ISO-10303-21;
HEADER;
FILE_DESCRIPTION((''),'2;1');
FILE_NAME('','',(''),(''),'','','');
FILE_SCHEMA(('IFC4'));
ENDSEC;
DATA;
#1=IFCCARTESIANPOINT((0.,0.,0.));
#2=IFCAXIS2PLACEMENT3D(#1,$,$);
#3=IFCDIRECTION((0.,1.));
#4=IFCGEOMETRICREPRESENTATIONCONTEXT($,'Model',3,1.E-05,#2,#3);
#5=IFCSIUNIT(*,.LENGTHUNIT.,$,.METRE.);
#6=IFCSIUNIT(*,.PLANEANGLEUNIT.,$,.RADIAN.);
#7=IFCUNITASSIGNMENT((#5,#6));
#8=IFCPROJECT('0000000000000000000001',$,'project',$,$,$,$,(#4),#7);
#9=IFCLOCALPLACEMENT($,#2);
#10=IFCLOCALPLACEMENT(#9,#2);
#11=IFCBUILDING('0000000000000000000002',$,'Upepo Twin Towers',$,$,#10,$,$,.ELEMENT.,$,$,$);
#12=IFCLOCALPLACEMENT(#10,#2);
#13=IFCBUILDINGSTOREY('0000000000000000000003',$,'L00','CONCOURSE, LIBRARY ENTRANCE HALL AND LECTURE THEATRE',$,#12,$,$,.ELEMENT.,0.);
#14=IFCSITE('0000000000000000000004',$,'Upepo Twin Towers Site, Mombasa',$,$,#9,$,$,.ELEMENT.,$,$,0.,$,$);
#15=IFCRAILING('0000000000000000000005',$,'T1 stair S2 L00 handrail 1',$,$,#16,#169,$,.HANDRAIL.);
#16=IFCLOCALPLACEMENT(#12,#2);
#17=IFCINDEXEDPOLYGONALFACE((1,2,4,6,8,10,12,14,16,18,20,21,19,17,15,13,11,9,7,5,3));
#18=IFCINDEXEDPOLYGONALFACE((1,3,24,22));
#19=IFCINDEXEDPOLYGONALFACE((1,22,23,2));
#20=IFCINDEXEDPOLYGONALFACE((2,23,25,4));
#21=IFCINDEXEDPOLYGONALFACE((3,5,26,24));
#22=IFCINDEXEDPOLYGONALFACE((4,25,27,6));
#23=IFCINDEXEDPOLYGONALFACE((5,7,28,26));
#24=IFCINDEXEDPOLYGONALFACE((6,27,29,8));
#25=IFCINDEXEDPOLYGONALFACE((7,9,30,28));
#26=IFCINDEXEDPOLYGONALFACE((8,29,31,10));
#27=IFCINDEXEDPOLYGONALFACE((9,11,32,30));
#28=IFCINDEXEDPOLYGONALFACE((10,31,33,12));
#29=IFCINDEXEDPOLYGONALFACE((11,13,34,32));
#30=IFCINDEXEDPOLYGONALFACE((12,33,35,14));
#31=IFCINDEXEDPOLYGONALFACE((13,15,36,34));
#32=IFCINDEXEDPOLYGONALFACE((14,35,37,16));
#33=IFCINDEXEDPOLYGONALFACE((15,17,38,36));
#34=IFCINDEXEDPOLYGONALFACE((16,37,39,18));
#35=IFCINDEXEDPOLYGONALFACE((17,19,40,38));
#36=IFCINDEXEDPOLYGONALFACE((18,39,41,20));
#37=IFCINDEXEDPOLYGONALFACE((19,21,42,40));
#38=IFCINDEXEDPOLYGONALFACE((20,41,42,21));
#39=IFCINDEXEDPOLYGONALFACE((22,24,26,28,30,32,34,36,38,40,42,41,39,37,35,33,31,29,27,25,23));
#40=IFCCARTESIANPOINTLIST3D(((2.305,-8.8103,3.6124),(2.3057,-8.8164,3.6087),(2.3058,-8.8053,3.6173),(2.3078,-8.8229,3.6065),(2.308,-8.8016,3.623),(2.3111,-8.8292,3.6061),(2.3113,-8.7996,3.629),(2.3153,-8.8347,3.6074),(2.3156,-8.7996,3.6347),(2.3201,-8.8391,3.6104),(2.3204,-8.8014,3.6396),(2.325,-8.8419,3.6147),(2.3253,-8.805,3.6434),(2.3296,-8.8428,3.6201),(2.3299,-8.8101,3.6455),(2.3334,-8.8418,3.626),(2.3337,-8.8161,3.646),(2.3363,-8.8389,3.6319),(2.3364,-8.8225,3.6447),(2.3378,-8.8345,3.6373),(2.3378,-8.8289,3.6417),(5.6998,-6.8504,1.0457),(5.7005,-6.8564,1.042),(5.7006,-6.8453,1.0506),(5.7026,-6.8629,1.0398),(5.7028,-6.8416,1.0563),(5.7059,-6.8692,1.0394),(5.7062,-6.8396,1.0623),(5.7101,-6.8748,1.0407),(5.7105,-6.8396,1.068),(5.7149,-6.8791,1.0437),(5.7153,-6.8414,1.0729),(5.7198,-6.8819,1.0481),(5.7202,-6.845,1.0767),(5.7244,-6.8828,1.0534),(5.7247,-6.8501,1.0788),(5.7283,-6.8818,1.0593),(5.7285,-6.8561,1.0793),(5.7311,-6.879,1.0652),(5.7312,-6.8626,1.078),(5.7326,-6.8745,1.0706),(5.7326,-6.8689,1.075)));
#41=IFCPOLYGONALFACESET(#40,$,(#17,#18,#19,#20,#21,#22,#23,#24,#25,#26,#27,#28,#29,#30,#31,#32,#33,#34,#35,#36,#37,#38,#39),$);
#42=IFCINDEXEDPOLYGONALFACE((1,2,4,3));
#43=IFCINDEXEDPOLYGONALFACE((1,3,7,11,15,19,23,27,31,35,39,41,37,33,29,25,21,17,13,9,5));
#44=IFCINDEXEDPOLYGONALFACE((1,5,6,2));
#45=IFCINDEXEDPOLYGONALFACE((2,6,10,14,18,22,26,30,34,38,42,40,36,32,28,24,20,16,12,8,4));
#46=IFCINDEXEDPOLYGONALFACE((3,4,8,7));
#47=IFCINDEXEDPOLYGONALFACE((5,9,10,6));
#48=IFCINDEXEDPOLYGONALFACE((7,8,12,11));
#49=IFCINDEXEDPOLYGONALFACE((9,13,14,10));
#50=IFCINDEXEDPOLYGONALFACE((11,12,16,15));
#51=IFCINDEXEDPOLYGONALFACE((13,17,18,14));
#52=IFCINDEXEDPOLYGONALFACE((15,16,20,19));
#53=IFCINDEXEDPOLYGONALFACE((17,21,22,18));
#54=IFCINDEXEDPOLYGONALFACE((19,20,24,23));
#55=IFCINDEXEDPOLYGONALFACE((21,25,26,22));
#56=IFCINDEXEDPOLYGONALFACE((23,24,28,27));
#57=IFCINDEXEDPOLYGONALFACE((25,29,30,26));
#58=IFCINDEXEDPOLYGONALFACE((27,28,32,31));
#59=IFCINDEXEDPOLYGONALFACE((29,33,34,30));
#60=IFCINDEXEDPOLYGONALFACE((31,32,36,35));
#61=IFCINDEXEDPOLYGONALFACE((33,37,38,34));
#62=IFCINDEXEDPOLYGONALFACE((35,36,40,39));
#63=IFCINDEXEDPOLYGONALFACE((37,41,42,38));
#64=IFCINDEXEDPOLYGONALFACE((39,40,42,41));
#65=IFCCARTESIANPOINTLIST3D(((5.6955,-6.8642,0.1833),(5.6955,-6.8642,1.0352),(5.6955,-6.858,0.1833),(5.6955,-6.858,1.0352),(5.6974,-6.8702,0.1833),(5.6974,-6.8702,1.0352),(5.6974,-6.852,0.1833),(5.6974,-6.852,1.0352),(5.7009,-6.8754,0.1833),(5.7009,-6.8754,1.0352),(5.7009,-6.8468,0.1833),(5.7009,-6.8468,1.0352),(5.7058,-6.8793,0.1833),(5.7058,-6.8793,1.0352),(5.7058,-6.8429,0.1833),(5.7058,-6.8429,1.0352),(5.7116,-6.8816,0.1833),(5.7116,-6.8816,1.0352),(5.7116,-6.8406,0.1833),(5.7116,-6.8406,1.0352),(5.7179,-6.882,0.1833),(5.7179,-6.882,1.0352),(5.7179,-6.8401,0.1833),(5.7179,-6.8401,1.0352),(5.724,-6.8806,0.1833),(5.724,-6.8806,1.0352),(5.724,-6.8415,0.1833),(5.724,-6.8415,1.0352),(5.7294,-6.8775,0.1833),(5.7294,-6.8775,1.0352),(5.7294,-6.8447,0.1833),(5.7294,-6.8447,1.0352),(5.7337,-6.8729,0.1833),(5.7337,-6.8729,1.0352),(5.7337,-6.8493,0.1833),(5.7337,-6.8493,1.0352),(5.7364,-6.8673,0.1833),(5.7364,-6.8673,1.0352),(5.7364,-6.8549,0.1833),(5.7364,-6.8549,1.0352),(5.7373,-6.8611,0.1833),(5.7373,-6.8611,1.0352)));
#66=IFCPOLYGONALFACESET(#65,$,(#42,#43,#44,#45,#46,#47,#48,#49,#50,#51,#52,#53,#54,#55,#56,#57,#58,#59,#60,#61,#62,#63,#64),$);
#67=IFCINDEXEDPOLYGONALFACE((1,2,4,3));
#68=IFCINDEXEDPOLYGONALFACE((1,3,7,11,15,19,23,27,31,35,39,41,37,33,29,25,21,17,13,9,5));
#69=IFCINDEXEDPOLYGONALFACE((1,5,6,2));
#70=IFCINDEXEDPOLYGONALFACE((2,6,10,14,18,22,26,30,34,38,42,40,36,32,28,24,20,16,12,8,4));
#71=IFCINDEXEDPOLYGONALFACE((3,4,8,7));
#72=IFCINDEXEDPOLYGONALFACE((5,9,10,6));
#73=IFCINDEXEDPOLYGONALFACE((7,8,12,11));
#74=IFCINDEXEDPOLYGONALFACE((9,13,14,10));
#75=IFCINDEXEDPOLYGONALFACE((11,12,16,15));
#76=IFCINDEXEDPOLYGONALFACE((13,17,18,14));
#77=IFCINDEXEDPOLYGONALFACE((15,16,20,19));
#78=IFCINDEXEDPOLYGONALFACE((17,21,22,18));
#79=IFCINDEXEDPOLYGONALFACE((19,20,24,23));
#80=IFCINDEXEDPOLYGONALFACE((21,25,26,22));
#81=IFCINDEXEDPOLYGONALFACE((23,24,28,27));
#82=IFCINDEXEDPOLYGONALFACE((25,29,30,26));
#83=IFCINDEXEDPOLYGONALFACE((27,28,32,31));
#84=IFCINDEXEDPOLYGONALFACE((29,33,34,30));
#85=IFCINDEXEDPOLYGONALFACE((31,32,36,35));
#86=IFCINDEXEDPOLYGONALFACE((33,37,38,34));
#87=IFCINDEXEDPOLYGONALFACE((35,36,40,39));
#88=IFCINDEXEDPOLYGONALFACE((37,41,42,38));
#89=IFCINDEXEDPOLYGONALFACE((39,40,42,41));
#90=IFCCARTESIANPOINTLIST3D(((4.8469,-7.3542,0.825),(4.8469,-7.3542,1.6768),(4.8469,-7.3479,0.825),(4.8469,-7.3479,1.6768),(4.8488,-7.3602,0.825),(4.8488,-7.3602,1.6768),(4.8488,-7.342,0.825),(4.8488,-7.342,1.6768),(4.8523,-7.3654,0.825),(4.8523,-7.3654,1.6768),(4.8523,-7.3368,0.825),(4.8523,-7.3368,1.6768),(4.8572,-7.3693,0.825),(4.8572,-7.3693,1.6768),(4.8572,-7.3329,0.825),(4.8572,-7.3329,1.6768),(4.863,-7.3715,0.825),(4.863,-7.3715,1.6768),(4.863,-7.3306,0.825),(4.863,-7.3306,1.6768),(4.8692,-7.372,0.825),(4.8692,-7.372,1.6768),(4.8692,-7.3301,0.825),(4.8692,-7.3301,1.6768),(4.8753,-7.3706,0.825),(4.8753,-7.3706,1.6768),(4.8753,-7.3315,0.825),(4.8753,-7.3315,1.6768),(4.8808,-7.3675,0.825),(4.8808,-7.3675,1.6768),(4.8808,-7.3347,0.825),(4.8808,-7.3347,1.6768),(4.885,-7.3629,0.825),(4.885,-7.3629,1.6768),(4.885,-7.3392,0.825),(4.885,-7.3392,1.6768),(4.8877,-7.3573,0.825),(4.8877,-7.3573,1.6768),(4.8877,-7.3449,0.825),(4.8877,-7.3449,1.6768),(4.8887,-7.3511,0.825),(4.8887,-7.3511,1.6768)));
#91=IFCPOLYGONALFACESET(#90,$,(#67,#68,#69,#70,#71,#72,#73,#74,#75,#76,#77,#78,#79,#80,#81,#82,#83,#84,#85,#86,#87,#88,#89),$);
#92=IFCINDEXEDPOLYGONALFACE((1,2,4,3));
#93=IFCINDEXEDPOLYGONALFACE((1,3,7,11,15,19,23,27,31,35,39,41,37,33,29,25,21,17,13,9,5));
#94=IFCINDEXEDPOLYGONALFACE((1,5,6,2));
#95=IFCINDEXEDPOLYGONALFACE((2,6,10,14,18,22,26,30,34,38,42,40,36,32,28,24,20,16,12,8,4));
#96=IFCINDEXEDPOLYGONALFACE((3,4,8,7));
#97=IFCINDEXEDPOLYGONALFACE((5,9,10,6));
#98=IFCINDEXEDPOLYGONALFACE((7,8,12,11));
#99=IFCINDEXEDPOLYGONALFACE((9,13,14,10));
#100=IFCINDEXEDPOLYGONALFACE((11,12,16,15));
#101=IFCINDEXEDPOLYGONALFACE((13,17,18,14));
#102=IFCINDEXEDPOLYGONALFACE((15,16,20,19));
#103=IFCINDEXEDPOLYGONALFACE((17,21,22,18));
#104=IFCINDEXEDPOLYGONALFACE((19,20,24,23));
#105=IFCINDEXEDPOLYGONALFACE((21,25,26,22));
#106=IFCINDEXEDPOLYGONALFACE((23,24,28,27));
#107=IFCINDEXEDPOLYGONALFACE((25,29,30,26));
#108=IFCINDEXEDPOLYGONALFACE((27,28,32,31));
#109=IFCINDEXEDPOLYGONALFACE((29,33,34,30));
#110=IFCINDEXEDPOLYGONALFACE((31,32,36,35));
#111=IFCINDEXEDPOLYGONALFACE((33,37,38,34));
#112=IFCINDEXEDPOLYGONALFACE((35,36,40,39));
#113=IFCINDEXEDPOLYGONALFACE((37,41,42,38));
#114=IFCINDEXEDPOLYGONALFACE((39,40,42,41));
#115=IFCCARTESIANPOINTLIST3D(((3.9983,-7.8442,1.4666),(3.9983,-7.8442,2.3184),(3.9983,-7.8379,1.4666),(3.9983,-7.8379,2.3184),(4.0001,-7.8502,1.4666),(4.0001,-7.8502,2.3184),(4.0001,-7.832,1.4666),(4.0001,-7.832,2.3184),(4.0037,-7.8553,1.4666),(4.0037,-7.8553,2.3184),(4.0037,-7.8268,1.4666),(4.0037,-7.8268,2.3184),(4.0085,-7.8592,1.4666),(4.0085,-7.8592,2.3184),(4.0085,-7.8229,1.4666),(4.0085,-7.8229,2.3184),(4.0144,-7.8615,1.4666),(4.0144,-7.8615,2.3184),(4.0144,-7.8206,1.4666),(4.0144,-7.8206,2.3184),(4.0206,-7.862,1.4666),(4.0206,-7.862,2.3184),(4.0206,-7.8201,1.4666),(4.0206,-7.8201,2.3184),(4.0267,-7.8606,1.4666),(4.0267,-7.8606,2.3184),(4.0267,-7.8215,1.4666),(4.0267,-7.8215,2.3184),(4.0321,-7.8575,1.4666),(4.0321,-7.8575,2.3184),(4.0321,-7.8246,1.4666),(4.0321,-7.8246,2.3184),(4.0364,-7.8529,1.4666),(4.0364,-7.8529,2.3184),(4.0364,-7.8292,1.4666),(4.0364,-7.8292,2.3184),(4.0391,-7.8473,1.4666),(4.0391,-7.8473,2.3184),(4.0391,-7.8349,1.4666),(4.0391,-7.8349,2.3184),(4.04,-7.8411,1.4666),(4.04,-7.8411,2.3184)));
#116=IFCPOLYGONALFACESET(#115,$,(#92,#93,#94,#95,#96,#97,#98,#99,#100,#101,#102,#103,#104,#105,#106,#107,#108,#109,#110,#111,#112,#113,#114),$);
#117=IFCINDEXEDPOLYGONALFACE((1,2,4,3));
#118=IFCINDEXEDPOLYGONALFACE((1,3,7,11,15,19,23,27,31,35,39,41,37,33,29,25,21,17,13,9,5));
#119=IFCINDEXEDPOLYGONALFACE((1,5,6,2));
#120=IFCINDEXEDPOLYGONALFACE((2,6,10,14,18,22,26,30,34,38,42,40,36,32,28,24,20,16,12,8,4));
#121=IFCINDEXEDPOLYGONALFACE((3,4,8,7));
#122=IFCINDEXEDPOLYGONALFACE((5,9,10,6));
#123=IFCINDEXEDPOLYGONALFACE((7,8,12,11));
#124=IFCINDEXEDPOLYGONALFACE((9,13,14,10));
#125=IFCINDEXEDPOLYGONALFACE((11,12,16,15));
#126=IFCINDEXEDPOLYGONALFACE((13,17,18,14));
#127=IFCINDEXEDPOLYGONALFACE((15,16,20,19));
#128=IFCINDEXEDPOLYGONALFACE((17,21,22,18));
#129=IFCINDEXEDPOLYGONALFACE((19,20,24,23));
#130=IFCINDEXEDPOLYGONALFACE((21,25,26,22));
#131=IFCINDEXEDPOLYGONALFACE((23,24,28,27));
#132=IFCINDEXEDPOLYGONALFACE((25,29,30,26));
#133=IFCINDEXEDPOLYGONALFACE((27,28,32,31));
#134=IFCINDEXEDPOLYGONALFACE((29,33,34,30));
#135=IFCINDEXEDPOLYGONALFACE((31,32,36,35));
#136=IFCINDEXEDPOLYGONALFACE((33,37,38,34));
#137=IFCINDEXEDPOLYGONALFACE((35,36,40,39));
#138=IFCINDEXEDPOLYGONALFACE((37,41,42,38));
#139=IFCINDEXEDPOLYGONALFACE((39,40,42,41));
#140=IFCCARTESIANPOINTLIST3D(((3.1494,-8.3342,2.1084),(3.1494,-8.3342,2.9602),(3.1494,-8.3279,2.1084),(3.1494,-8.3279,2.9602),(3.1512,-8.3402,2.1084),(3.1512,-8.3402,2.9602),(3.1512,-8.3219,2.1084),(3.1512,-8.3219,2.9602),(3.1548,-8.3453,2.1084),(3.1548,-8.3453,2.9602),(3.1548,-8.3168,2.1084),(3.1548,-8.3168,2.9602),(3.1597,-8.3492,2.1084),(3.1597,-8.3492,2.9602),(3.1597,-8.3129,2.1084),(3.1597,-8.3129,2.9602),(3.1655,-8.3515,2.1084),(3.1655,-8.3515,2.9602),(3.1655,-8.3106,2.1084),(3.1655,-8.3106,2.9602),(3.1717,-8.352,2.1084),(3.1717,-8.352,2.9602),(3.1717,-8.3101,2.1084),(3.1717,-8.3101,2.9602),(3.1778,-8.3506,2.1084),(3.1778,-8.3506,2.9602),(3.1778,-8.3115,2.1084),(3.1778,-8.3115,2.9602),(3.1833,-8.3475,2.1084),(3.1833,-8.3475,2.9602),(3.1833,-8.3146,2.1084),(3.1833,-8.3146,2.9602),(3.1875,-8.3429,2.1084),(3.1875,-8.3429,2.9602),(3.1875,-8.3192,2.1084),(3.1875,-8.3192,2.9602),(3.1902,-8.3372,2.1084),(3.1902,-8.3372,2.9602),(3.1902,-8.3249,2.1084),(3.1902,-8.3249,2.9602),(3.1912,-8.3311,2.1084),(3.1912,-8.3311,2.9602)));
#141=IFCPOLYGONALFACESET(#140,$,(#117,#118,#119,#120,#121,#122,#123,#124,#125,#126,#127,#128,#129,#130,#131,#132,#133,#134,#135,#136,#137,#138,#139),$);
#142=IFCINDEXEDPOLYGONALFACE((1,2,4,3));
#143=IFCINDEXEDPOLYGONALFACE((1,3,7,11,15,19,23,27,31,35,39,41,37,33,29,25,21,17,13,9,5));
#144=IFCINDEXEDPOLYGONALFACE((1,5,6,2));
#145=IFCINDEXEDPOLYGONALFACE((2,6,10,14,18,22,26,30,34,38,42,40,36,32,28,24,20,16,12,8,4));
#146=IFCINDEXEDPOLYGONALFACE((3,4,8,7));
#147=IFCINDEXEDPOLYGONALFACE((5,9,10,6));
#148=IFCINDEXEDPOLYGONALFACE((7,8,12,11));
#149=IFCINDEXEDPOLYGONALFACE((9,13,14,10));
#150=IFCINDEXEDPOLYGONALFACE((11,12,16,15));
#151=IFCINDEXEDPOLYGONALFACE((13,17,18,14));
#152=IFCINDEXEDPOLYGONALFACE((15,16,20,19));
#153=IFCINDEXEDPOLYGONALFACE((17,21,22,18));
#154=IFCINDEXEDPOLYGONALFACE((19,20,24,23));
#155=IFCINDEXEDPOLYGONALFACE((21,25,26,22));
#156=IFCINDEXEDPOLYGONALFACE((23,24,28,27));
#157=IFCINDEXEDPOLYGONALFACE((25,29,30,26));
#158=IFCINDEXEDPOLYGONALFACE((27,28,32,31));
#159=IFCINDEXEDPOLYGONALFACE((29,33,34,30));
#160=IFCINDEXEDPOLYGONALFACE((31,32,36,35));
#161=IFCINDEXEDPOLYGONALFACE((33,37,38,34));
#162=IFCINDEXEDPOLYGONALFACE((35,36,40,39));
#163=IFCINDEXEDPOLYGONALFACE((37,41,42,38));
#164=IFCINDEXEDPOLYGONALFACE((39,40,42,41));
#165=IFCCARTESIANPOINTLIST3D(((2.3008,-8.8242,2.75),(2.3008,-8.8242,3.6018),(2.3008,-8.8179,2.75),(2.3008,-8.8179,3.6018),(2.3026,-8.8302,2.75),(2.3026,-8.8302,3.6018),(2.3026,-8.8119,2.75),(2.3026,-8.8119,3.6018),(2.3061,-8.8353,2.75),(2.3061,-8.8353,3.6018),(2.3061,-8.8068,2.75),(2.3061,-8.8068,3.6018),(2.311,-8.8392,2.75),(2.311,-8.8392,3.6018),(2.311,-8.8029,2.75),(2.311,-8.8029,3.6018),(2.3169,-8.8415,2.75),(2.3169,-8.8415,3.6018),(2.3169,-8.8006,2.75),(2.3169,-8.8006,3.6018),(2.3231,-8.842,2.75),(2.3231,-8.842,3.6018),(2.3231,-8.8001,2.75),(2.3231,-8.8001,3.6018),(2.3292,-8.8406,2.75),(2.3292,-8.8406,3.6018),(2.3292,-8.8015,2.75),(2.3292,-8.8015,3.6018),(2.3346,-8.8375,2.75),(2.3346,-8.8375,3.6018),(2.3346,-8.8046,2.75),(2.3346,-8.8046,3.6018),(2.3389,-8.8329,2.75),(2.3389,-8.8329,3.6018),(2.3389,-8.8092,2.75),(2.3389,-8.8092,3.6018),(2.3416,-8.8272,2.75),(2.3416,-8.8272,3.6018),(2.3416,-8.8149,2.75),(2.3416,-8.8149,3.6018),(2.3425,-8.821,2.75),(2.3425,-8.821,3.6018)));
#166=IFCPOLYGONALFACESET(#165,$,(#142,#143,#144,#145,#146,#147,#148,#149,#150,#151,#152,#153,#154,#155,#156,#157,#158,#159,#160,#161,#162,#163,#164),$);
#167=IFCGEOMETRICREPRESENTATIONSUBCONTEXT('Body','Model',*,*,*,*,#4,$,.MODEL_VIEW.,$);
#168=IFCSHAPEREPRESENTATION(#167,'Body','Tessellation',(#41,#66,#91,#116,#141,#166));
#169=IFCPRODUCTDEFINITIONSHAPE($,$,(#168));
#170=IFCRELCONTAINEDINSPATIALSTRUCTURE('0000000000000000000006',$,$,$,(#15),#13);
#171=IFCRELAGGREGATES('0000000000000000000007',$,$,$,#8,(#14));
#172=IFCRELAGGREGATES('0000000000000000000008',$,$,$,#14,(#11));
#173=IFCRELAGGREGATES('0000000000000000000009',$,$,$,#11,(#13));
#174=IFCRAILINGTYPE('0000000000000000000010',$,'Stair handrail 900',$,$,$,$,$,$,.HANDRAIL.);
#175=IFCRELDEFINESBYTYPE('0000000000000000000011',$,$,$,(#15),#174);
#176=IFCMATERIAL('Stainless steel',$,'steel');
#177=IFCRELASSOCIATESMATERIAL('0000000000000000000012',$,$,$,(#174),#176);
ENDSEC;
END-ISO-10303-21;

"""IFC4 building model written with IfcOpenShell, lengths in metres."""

from ifc_helpers import new_model, si_unit, direction, frame, origin, origin_2d, place, context, subcontext, project, spatial, circle, extrude, material, type_object, element, save


model = new_model("IFC4")

# Units and contexts
model_context = context("Model", 3, precision=1e-05, world=origin(), true_north=direction((0.0, 1.0)))
body_context = subcontext(model_context, "Body", "Model", "MODEL_VIEW")
ifc_project = project(units=[si_unit("LENGTHUNIT", "METRE"), si_unit("PLANEANGLEUNIT", "RADIAN")], contexts=[model_context])

# Site, building, storey
site_placement = place(None, origin())
site = spatial("IfcSite", under=ifc_project, at=site_placement, Name="Upepo Twin Towers Site, Mombasa", CompositionType="ELEMENT", RefElevation=0.0)
building_placement = place(site_placement, origin())
building = spatial("IfcBuilding", under=site, at=building_placement, Name="Upepo Twin Towers", CompositionType="ELEMENT")
storey_placement = place(building_placement, origin())
storey = spatial("IfcBuildingStorey", under=building, at=storey_placement, Name="L00", Description="CONCOURSE, LIBRARY ENTRANCE HALL AND LECTURE THEATRE", CompositionType="ELEMENT", Elevation=0.0)

# Railing
ifc_material_1 = material(Name="Stainless steel", Category="steel")
railing_type = type_object("IfcRailingType", Name="Stair handrail 900", PredefinedType="HANDRAIL", material=ifc_material_1)
railing_1_placement = place(storey_placement, frame((5.7163, -6.8611, 0.1833)))
element("IfcRailing", 1, at=railing_1_placement, inside=storey, type_object=railing_type, Name="T1 stair S2 L00 handrail 1", PredefinedType="HANDRAIL", context=body_context, shape_type="SweptSolid", body=[
    extrude(circle(Radius=0.0239, at=origin_2d()), frame((0.0, 0.0, 0.876), z_axis=(-0.724532, -0.418306, 0.547789), x_axis=(0.499997, -0.866027, 0.0)), (0.0, 0.0, 1.0), 4.6855),
    extrude(circle(Radius=0.021, at=origin_2d()), origin(), (0.0, 0.0, 1.0), 0.8518),
    extrude(circle(Radius=0.021, at=origin_2d()), frame((-0.8486, -0.49, 0.6416)), (0.0, 0.0, 1.0), 0.8518),
    extrude(circle(Radius=0.021, at=origin_2d()), frame((-1.6973, -0.98, 1.2832)), (0.0, 0.0, 1.0), 0.8518),
    extrude(circle(Radius=0.021, at=origin_2d()), frame((-2.5461, -1.47, 1.925)), (0.0, 0.0, 1.0), 0.8518),
    extrude(circle(Radius=0.021, at=origin_2d()), frame((-3.3948, -1.96, 2.5667)), (0.0, 0.0, 1.0), 0.8518),
])

save(model, "model.ifc")
